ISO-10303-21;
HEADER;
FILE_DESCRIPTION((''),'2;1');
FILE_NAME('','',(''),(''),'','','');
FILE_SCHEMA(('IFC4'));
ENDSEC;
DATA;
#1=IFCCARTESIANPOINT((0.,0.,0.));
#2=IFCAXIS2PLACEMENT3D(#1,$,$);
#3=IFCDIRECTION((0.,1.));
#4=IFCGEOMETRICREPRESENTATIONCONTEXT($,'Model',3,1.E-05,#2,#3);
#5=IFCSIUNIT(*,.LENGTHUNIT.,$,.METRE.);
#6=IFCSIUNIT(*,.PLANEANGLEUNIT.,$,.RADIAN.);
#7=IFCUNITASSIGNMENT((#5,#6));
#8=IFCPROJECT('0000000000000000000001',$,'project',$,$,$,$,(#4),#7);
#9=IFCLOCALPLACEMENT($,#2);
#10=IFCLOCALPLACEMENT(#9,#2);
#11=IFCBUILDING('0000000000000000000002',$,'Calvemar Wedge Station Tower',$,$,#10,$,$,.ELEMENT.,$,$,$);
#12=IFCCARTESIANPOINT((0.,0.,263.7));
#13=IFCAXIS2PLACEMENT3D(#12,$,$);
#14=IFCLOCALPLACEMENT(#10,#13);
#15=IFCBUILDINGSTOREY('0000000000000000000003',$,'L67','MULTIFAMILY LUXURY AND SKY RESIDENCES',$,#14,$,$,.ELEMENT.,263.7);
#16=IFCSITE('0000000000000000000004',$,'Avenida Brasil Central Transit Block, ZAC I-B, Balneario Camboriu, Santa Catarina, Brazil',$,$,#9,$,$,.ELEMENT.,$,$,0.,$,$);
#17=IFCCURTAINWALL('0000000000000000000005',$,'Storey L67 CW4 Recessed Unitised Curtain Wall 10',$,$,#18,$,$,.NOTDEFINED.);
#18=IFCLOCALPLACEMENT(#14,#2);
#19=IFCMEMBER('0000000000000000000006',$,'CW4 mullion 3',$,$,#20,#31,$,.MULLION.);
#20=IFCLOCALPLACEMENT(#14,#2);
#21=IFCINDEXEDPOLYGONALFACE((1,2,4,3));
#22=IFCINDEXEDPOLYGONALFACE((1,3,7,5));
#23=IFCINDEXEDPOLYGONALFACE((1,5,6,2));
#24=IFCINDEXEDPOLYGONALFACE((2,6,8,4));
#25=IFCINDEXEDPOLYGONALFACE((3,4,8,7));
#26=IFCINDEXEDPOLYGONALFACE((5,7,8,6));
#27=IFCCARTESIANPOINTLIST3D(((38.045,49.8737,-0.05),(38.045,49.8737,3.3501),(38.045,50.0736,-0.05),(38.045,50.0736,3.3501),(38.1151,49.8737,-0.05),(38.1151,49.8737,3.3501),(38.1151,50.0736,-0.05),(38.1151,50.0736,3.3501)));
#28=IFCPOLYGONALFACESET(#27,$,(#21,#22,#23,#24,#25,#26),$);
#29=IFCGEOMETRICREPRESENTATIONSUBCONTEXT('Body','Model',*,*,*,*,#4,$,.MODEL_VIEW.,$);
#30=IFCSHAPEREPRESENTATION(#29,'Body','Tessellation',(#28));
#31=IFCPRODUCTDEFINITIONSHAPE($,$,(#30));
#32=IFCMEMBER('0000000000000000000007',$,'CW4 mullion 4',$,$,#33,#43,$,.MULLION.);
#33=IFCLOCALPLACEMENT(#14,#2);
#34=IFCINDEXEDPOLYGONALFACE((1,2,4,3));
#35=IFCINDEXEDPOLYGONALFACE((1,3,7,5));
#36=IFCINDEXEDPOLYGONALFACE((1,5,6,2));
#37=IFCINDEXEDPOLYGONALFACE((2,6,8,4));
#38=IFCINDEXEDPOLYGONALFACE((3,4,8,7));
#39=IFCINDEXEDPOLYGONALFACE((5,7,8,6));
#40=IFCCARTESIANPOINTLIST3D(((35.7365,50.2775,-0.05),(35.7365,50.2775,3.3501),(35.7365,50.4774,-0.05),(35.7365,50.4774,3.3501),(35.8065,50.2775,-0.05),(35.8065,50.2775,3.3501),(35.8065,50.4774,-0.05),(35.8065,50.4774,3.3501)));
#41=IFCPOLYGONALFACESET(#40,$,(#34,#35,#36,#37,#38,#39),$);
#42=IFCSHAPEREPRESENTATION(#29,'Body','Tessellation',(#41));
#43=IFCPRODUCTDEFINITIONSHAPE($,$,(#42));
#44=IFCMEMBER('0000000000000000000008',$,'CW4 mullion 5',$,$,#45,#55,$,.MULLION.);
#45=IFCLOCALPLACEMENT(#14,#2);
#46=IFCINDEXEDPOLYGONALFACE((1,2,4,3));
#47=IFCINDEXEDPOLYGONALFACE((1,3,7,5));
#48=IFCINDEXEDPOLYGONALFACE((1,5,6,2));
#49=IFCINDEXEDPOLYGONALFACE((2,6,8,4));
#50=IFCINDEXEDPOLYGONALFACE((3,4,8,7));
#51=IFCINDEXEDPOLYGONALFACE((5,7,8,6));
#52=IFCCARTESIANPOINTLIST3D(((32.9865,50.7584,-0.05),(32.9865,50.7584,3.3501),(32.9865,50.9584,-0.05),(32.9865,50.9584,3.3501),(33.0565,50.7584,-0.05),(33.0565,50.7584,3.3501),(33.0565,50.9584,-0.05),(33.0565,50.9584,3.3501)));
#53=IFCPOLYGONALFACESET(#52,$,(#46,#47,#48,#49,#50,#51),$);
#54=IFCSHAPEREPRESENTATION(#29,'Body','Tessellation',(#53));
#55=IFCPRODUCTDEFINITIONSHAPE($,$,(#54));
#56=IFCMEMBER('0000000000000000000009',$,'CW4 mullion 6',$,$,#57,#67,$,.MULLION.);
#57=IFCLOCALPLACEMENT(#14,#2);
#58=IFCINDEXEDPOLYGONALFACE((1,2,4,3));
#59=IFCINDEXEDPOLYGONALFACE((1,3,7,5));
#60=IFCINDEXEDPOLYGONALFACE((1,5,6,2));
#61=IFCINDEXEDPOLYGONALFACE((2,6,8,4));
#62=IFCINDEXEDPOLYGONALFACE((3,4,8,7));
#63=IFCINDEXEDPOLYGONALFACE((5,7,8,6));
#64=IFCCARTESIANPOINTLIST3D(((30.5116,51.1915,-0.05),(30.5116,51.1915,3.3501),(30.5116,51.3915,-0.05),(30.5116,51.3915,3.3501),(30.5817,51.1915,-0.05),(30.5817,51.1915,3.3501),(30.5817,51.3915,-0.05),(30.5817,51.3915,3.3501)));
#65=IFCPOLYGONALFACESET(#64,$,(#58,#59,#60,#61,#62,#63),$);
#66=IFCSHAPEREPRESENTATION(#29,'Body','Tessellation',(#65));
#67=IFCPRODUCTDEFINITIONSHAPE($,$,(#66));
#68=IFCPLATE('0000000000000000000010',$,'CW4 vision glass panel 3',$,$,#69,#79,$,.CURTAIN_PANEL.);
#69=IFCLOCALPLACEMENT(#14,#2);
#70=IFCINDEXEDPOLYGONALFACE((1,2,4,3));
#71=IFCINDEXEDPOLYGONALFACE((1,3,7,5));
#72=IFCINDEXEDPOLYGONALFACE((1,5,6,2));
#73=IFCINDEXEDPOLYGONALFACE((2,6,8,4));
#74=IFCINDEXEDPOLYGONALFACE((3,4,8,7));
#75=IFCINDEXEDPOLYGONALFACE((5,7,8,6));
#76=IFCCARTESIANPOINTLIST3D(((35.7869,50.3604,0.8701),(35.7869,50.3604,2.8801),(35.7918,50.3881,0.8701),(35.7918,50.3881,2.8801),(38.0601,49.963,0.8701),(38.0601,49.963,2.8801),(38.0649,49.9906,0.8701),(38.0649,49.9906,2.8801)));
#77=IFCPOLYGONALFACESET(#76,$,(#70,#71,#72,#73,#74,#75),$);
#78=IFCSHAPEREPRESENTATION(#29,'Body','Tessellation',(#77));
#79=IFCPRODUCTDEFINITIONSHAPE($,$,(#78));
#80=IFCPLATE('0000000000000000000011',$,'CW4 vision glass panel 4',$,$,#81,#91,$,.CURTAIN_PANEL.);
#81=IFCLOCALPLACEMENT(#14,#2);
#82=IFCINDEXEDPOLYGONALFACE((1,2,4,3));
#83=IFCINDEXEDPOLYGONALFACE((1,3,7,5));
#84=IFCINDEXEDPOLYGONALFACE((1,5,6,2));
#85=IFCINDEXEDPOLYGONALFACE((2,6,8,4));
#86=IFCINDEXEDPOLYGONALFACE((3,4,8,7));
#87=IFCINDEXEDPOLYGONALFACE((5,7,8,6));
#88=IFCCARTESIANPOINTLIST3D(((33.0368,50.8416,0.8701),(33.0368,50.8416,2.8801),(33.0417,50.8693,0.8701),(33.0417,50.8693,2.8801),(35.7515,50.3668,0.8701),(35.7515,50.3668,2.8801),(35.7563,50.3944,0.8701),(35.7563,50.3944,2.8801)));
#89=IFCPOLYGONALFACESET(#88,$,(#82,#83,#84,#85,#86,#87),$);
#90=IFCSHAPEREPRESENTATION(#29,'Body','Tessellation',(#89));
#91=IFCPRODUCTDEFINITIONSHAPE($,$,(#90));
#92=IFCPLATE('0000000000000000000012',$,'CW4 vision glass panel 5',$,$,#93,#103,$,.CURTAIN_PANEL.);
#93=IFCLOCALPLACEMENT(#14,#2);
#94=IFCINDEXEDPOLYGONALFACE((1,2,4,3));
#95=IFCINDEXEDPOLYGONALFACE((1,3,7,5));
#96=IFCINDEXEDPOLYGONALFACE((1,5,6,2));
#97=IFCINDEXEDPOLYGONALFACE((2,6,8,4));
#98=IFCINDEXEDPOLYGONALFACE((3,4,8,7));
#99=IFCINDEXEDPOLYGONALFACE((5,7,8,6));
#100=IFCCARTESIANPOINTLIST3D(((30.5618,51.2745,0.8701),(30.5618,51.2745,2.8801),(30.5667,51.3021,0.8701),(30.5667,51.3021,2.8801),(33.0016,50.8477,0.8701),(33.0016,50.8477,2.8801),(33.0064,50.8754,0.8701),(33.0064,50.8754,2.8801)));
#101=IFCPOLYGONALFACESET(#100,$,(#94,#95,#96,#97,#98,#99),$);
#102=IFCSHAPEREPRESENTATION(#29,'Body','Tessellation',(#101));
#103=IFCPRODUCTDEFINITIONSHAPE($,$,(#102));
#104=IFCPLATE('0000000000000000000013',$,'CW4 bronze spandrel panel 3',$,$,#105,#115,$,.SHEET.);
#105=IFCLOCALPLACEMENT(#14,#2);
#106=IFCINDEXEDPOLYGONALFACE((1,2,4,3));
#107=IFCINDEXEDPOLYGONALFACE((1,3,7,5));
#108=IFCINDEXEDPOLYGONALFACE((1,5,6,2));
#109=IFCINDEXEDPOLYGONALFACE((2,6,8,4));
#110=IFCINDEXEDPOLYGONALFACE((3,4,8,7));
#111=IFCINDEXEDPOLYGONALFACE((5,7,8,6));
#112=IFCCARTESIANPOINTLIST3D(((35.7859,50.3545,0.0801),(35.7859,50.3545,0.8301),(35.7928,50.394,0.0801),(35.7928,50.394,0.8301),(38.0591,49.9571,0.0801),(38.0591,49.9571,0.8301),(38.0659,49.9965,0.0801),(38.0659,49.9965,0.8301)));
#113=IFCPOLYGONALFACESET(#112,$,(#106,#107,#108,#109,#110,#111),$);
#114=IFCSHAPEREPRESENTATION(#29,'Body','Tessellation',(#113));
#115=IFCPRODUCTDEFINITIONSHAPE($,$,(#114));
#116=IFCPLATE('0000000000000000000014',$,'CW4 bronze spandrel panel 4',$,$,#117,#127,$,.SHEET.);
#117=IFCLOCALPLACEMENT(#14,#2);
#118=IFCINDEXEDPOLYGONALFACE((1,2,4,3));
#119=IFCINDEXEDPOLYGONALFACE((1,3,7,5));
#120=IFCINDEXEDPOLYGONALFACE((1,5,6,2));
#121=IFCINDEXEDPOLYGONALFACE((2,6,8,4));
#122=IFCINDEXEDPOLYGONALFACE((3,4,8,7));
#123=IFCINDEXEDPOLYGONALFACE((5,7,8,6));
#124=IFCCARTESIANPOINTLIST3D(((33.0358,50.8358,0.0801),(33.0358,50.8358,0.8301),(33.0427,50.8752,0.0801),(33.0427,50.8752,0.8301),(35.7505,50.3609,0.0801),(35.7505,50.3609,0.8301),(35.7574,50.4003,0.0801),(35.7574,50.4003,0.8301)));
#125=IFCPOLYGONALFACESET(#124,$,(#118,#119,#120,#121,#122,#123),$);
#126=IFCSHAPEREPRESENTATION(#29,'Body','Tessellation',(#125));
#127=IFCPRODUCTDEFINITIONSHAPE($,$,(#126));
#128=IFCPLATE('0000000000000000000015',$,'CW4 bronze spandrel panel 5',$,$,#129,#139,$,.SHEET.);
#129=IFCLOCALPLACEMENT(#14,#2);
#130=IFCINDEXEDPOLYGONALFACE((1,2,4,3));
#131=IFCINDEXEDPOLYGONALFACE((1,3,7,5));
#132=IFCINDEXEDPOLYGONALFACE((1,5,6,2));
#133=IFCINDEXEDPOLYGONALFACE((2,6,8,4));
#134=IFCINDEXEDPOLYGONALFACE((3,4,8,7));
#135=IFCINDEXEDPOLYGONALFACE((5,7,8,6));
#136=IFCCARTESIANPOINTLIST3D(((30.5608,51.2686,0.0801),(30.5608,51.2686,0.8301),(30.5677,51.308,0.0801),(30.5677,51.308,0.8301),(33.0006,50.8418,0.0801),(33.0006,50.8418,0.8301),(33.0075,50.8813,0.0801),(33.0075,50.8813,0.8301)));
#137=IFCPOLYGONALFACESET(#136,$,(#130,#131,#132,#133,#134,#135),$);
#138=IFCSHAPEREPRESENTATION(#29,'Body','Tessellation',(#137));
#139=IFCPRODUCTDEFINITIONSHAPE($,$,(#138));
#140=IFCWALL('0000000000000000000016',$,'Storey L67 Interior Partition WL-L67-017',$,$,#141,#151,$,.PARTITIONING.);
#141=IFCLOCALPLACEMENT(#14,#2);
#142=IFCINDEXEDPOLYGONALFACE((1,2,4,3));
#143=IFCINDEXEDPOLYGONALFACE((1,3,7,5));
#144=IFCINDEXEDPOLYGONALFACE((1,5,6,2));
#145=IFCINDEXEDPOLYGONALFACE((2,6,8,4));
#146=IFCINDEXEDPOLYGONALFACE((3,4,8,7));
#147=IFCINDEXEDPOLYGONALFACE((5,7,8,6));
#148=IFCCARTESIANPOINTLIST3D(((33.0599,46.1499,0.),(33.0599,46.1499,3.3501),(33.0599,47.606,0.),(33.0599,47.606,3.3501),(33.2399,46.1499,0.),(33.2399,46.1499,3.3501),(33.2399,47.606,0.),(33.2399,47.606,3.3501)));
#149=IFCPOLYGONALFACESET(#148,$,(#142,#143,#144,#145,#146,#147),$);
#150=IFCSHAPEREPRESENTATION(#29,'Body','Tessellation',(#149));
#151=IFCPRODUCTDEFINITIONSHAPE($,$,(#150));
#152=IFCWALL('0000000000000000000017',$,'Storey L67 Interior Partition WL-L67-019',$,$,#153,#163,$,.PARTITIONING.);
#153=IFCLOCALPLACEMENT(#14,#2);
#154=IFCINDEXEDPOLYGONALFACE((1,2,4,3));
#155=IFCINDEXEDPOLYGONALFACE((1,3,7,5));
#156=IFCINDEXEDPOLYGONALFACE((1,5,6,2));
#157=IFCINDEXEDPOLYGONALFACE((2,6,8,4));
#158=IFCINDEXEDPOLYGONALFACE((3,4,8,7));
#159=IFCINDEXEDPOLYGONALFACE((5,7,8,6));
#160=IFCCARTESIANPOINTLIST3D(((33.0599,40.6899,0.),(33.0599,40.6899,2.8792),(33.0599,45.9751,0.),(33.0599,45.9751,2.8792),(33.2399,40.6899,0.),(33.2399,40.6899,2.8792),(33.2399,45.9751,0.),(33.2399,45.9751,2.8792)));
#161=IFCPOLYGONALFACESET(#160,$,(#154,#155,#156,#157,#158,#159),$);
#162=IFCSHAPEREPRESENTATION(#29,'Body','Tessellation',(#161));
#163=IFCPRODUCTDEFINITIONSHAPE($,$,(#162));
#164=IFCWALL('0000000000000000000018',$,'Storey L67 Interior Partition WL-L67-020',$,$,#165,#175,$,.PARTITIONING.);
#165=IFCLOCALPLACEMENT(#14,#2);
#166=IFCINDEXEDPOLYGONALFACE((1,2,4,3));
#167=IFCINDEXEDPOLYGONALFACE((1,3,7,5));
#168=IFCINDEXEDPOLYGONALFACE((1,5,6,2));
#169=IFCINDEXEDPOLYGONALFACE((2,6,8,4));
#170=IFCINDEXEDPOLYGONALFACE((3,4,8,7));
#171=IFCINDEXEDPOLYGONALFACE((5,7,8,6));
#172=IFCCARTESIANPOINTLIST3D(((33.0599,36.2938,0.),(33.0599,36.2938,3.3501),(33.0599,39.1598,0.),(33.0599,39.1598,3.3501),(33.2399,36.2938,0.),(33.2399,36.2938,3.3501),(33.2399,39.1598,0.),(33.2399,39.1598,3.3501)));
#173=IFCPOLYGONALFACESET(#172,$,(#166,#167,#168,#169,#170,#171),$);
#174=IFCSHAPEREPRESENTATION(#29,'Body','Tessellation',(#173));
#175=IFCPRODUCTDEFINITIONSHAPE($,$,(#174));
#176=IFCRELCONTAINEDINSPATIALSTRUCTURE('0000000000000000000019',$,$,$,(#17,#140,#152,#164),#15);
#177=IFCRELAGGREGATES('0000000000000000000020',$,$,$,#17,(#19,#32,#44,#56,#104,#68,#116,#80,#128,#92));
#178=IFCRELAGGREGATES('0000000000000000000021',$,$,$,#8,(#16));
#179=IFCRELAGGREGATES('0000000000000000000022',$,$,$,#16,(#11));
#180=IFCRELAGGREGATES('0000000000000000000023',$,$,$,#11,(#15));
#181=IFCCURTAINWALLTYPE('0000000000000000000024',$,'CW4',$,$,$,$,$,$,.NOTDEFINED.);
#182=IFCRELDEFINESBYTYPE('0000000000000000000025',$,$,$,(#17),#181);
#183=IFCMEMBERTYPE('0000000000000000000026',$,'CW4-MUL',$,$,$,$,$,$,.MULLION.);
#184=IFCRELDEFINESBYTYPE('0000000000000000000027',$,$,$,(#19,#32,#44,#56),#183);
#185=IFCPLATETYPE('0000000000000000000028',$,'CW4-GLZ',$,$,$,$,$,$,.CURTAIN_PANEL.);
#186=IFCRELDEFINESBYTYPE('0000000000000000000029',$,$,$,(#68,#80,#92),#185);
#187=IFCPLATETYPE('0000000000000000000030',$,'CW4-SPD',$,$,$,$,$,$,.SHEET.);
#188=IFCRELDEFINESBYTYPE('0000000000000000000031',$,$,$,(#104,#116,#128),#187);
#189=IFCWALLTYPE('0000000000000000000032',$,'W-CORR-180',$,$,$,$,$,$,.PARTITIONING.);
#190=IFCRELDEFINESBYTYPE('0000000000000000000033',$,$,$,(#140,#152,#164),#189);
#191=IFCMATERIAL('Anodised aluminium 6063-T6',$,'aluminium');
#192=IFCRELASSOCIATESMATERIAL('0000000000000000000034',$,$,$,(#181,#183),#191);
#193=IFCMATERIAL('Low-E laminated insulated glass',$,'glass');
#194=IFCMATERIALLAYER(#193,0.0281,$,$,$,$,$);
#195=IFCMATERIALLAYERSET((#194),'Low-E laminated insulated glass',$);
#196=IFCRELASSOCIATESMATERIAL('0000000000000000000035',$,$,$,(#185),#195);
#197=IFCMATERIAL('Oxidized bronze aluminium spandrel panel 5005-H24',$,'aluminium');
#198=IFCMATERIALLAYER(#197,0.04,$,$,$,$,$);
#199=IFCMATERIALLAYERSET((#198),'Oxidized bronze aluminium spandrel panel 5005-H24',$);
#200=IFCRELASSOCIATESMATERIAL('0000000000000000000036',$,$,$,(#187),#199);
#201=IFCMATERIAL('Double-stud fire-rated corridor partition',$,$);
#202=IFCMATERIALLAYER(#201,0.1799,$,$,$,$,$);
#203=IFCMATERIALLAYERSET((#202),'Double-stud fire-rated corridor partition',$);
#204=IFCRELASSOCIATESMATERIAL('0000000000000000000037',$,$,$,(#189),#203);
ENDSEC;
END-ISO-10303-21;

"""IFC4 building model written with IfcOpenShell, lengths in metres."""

from ifc_helpers import new_model, si_unit, direction, frame, frame_2d, origin, origin_2d, place, context, subcontext, project, spatial, rectangle, extrude, source, transform, mapped, material, layer, layer_set, material_profile, profile_set, type_object, element, aggregate, save


model = new_model("IFC4")

# Units and contexts
model_context = context("Model", 3, precision=1e-05, world=origin(), true_north=direction((0.0, 1.0)))
body_context = subcontext(model_context, "Body", "Model", "MODEL_VIEW")
ifc_project = project(units=[si_unit("LENGTHUNIT", "METRE"), si_unit("PLANEANGLEUNIT", "RADIAN")], contexts=[model_context])

# Site, building, storey
site_placement = place(None, origin())
site = spatial("IfcSite", under=ifc_project, at=site_placement, Name="Avenida Brasil Central Transit Block, ZAC I-B, Balneario Camboriu, Santa Catarina, Brazil", CompositionType="ELEMENT", RefElevation=0.0)
building_placement = place(site_placement, origin())
building = spatial("IfcBuilding", under=site, at=building_placement, Name="Calvemar Wedge Station Tower", CompositionType="ELEMENT")
storey_placement = place(building_placement, frame((0.0, 0.0, 263.7)))
storey = spatial("IfcBuildingStorey", under=building, at=storey_placement, Name="L67", Description="MULTIFAMILY LUXURY AND SKY RESIDENCES", CompositionType="ELEMENT", Elevation=263.7)

# Curtain wall, members, plates
ifc_material_1 = material(Name="Anodised aluminium 6063-T6", Category="aluminium")
curtain_wall_type = type_object("IfcCurtainWallType", Name="CW4", PredefinedType="NOTDEFINED", material=ifc_material_1)
curtain_wall_placement = place(storey_placement, origin())
curtain_wall = element("IfcCurtainWall", 1, at=curtain_wall_placement, inside=storey, type_object=curtain_wall_type, Name="Storey L67 CW4 Recessed Unitised Curtain Wall 10", PredefinedType="NOTDEFINED")
ifc_material_profile_1 = material_profile(ifc_material_1, rectangle(XDim=0.0701, YDim=0.2, at=origin_2d()), Name="AL-MUL-70x200")
ifc_profile_set_1 = profile_set([ifc_material_profile_1], Name="Anodised aluminium 6063-T6")
member_type = type_object("IfcMemberType", Name="CW4-MUL", PredefinedType="MULLION", material=ifc_profile_set_1)
shared_shape_1 = source(origin(), body_context, "Body", "SweptSolid", [
    extrude(rectangle(XDim=0.0701, YDim=0.2, at=origin_2d()), origin(), (0.0, 0.0, 1.0), 3.4001),
])
member_1_placement = place(storey_placement, frame((38.0801, 49.9736, -0.05), z_axis=(0.0, 0.0, 1.0), x_axis=(1.0, 0.0, 0.0)))
member_1 = element("IfcMember", 2, at=member_1_placement, type_object=member_type, Name="CW4 mullion 3", PredefinedType="MULLION", context=body_context, shape_type="MappedRepresentation", body=[
    mapped(shared_shape_1, transform((0.0, 0.0, 0.0), scale=1.0)),
])
member_2_placement = place(storey_placement, frame((35.7715, 50.3774, -0.05), z_axis=(0.0, 0.0, 1.0), x_axis=(1.0, 0.0, 0.0)))
member_2 = element("IfcMember", 3, at=member_2_placement, type_object=member_type, Name="CW4 mullion 4", PredefinedType="MULLION", context=body_context, shape_type="MappedRepresentation", body=[
    mapped(shared_shape_1, transform((0.0, 0.0, 0.0), scale=1.0)),
])
member_3_placement = place(storey_placement, frame((33.0215, 50.8584, -0.05), z_axis=(0.0, 0.0, 1.0), x_axis=(1.0, 0.0, 0.0)))
member_3 = element("IfcMember", 4, at=member_3_placement, type_object=member_type, Name="CW4 mullion 5", PredefinedType="MULLION", context=body_context, shape_type="MappedRepresentation", body=[
    mapped(shared_shape_1, transform((0.0, 0.0, 0.0), scale=1.0)),
])
member_4_placement = place(storey_placement, frame((30.5466, 51.2915, -0.05), z_axis=(0.0, 0.0, 1.0), x_axis=(1.0, 0.0, 0.0)))
member_4 = element("IfcMember", 5, at=member_4_placement, type_object=member_type, Name="CW4 mullion 6", PredefinedType="MULLION", context=body_context, shape_type="MappedRepresentation", body=[
    mapped(shared_shape_1, transform((0.0, 0.0, 0.0), scale=1.0)),
])
ifc_material_2 = material(Name="Low-E laminated insulated glass", Category="glass")
ifc_layer_1 = layer(ifc_material_2, 0.0281)
ifc_layer_set_1 = layer_set([ifc_layer_1], Name="Low-E laminated insulated glass")
plate_type_1 = type_object("IfcPlateType", Name="CW4-GLZ", PredefinedType="CURTAIN_PANEL", material=ifc_layer_set_1)
plate_1_placement = place(storey_placement, frame((38.0625, 49.9768, 0.8701), z_axis=(0.0, 0.0, 1.0), x_axis=(-0.985056, 0.172234, 0.0)))
plate_1 = element("IfcPlate", 6, at=plate_1_placement, type_object=plate_type_1, Name="CW4 vision glass panel 3", PredefinedType="CURTAIN_PANEL", context=body_context, shape_type="SweptSolid", body=[
    extrude(rectangle(XDim=2.3076, YDim=0.0281, at=frame_2d((1.1538, 0.0))), origin(), (0.0, 0.0, 1.0), 2.01),
])
plate_2_placement = place(storey_placement, frame((35.7539, 50.3806, 0.8701), z_axis=(0.0, 0.0, 1.0), x_axis=(-0.985043, 0.172309, 0.0)))
plate_2 = element("IfcPlate", 7, at=plate_2_placement, type_object=plate_type_1, Name="CW4 vision glass panel 4", PredefinedType="CURTAIN_PANEL", context=body_context, shape_type="SweptSolid", body=[
    extrude(rectangle(XDim=2.7559, YDim=0.0281, at=frame_2d((1.3779, 0.0))), origin(), (0.0, 0.0, 1.0), 2.01),
])
plate_3_placement = place(storey_placement, frame((33.0039, 50.8616, 0.8701), z_axis=(0.0, 0.0, 1.0), x_axis=(-0.985043, 0.172306, 0.0)))
plate_3 = element("IfcPlate", 8, at=plate_3_placement, type_object=plate_type_1, Name="CW4 vision glass panel 5", PredefinedType="CURTAIN_PANEL", context=body_context, shape_type="SweptSolid", body=[
    extrude(rectangle(XDim=2.4768, YDim=0.0281, at=frame_2d((1.2383, 0.0))), origin(), (0.0, 0.0, 1.0), 2.01),
])
ifc_material_3 = material(Name="Oxidized bronze aluminium spandrel panel 5005-H24", Category="aluminium")
ifc_layer_2 = layer(ifc_material_3, 0.04)
ifc_layer_set_2 = layer_set([ifc_layer_2], Name="Oxidized bronze aluminium spandrel panel 5005-H24")
plate_type_2 = type_object("IfcPlateType", Name="CW4-SPD", PredefinedType="SHEET", material=ifc_layer_set_2)
plate_4_placement = place(storey_placement, frame((38.0625, 49.9768, 0.0801), z_axis=(0.0, 0.0, 1.0), x_axis=(-0.985056, 0.172234, 0.0)))
plate_4 = element("IfcPlate", 9, at=plate_4_placement, type_object=plate_type_2, Name="CW4 bronze spandrel panel 3", PredefinedType="SHEET", context=body_context, shape_type="SweptSolid", body=[
    extrude(rectangle(XDim=2.3076, YDim=0.04, at=frame_2d((1.1538, 0.0))), origin(), (0.0, 0.0, 1.0), 0.75),
])
plate_5_placement = place(storey_placement, frame((35.7539, 50.3806, 0.0801), z_axis=(0.0, 0.0, 1.0), x_axis=(-0.985043, 0.172309, 0.0)))
plate_5 = element("IfcPlate", 10, at=plate_5_placement, type_object=plate_type_2, Name="CW4 bronze spandrel panel 4", PredefinedType="SHEET", context=body_context, shape_type="SweptSolid", body=[
    extrude(rectangle(XDim=2.7559, YDim=0.04, at=frame_2d((1.3779, 0.0))), origin(), (0.0, 0.0, 1.0), 0.75),
])
plate_6_placement = place(storey_placement, frame((33.0039, 50.8616, 0.0801), z_axis=(0.0, 0.0, 1.0), x_axis=(-0.985043, 0.172306, 0.0)))
plate_6 = element("IfcPlate", 11, at=plate_6_placement, type_object=plate_type_2, Name="CW4 bronze spandrel panel 5", PredefinedType="SHEET", context=body_context, shape_type="SweptSolid", body=[
    extrude(rectangle(XDim=2.4768, YDim=0.04, at=frame_2d((1.2383, 0.0))), origin(), (0.0, 0.0, 1.0), 0.75),
])
aggregate(curtain_wall, [member_1, member_2, member_3, member_4, plate_4, plate_1, plate_5, plate_2, plate_6, plate_3])

# Walls
ifc_material_4 = material(Name="Double-stud fire-rated corridor partition")
ifc_layer_3 = layer(ifc_material_4, 0.1799)
ifc_layer_set_3 = layer_set([ifc_layer_3], Name="Double-stud fire-rated corridor partition")
wall_type_1 = type_object("IfcWallType", Name="W-CORR-180", PredefinedType="PARTITIONING", material=ifc_layer_set_3)
wall_1_placement = place(storey_placement, frame((33.1499, 47.606, 0.0), z_axis=(0.0, 0.0, 1.0), x_axis=(0.0, -1.0, 0.0)))
element("IfcWall", 12, at=wall_1_placement, inside=storey, type_object=wall_type_1, Name="Storey L67 Interior Partition WL-L67-017", PredefinedType="PARTITIONING", context=body_context, shape_type="SweptSolid", body=[
    extrude(rectangle(XDim=1.4561, YDim=0.1799, at=frame_2d((0.728, 0.0))), origin(), (0.0, 0.0, 1.0), 3.3501),
])
wall_2_placement = place(storey_placement, frame((33.1499, 45.9751, 0.0), z_axis=(0.0, 0.0, 1.0), x_axis=(0.0, -1.0, 0.0)))
element("IfcWall", 13, at=wall_2_placement, inside=storey, type_object=wall_type_1, Name="Storey L67 Interior Partition WL-L67-019", PredefinedType="PARTITIONING", context=body_context, shape_type="SweptSolid", body=[
    extrude(rectangle(XDim=5.2852, YDim=0.1799, at=frame_2d((2.6426, 0.0))), origin(), (0.0, 0.0, 1.0), 2.8792),
])
wall_3_placement = place(storey_placement, frame((33.1499, 39.1599, 0.0), z_axis=(0.0, 0.0, 1.0), x_axis=(0.0, -1.0, 0.0)))
element("IfcWall", 14, at=wall_3_placement, inside=storey, type_object=wall_type_1, Name="Storey L67 Interior Partition WL-L67-020", PredefinedType="PARTITIONING", context=body_context, shape_type="SweptSolid", body=[
    extrude(rectangle(XDim=2.866, YDim=0.1799, at=frame_2d((1.4331, 0.0))), origin(), (0.0, 0.0, 1.0), 3.3501),
])

save(model, "model.ifc")
